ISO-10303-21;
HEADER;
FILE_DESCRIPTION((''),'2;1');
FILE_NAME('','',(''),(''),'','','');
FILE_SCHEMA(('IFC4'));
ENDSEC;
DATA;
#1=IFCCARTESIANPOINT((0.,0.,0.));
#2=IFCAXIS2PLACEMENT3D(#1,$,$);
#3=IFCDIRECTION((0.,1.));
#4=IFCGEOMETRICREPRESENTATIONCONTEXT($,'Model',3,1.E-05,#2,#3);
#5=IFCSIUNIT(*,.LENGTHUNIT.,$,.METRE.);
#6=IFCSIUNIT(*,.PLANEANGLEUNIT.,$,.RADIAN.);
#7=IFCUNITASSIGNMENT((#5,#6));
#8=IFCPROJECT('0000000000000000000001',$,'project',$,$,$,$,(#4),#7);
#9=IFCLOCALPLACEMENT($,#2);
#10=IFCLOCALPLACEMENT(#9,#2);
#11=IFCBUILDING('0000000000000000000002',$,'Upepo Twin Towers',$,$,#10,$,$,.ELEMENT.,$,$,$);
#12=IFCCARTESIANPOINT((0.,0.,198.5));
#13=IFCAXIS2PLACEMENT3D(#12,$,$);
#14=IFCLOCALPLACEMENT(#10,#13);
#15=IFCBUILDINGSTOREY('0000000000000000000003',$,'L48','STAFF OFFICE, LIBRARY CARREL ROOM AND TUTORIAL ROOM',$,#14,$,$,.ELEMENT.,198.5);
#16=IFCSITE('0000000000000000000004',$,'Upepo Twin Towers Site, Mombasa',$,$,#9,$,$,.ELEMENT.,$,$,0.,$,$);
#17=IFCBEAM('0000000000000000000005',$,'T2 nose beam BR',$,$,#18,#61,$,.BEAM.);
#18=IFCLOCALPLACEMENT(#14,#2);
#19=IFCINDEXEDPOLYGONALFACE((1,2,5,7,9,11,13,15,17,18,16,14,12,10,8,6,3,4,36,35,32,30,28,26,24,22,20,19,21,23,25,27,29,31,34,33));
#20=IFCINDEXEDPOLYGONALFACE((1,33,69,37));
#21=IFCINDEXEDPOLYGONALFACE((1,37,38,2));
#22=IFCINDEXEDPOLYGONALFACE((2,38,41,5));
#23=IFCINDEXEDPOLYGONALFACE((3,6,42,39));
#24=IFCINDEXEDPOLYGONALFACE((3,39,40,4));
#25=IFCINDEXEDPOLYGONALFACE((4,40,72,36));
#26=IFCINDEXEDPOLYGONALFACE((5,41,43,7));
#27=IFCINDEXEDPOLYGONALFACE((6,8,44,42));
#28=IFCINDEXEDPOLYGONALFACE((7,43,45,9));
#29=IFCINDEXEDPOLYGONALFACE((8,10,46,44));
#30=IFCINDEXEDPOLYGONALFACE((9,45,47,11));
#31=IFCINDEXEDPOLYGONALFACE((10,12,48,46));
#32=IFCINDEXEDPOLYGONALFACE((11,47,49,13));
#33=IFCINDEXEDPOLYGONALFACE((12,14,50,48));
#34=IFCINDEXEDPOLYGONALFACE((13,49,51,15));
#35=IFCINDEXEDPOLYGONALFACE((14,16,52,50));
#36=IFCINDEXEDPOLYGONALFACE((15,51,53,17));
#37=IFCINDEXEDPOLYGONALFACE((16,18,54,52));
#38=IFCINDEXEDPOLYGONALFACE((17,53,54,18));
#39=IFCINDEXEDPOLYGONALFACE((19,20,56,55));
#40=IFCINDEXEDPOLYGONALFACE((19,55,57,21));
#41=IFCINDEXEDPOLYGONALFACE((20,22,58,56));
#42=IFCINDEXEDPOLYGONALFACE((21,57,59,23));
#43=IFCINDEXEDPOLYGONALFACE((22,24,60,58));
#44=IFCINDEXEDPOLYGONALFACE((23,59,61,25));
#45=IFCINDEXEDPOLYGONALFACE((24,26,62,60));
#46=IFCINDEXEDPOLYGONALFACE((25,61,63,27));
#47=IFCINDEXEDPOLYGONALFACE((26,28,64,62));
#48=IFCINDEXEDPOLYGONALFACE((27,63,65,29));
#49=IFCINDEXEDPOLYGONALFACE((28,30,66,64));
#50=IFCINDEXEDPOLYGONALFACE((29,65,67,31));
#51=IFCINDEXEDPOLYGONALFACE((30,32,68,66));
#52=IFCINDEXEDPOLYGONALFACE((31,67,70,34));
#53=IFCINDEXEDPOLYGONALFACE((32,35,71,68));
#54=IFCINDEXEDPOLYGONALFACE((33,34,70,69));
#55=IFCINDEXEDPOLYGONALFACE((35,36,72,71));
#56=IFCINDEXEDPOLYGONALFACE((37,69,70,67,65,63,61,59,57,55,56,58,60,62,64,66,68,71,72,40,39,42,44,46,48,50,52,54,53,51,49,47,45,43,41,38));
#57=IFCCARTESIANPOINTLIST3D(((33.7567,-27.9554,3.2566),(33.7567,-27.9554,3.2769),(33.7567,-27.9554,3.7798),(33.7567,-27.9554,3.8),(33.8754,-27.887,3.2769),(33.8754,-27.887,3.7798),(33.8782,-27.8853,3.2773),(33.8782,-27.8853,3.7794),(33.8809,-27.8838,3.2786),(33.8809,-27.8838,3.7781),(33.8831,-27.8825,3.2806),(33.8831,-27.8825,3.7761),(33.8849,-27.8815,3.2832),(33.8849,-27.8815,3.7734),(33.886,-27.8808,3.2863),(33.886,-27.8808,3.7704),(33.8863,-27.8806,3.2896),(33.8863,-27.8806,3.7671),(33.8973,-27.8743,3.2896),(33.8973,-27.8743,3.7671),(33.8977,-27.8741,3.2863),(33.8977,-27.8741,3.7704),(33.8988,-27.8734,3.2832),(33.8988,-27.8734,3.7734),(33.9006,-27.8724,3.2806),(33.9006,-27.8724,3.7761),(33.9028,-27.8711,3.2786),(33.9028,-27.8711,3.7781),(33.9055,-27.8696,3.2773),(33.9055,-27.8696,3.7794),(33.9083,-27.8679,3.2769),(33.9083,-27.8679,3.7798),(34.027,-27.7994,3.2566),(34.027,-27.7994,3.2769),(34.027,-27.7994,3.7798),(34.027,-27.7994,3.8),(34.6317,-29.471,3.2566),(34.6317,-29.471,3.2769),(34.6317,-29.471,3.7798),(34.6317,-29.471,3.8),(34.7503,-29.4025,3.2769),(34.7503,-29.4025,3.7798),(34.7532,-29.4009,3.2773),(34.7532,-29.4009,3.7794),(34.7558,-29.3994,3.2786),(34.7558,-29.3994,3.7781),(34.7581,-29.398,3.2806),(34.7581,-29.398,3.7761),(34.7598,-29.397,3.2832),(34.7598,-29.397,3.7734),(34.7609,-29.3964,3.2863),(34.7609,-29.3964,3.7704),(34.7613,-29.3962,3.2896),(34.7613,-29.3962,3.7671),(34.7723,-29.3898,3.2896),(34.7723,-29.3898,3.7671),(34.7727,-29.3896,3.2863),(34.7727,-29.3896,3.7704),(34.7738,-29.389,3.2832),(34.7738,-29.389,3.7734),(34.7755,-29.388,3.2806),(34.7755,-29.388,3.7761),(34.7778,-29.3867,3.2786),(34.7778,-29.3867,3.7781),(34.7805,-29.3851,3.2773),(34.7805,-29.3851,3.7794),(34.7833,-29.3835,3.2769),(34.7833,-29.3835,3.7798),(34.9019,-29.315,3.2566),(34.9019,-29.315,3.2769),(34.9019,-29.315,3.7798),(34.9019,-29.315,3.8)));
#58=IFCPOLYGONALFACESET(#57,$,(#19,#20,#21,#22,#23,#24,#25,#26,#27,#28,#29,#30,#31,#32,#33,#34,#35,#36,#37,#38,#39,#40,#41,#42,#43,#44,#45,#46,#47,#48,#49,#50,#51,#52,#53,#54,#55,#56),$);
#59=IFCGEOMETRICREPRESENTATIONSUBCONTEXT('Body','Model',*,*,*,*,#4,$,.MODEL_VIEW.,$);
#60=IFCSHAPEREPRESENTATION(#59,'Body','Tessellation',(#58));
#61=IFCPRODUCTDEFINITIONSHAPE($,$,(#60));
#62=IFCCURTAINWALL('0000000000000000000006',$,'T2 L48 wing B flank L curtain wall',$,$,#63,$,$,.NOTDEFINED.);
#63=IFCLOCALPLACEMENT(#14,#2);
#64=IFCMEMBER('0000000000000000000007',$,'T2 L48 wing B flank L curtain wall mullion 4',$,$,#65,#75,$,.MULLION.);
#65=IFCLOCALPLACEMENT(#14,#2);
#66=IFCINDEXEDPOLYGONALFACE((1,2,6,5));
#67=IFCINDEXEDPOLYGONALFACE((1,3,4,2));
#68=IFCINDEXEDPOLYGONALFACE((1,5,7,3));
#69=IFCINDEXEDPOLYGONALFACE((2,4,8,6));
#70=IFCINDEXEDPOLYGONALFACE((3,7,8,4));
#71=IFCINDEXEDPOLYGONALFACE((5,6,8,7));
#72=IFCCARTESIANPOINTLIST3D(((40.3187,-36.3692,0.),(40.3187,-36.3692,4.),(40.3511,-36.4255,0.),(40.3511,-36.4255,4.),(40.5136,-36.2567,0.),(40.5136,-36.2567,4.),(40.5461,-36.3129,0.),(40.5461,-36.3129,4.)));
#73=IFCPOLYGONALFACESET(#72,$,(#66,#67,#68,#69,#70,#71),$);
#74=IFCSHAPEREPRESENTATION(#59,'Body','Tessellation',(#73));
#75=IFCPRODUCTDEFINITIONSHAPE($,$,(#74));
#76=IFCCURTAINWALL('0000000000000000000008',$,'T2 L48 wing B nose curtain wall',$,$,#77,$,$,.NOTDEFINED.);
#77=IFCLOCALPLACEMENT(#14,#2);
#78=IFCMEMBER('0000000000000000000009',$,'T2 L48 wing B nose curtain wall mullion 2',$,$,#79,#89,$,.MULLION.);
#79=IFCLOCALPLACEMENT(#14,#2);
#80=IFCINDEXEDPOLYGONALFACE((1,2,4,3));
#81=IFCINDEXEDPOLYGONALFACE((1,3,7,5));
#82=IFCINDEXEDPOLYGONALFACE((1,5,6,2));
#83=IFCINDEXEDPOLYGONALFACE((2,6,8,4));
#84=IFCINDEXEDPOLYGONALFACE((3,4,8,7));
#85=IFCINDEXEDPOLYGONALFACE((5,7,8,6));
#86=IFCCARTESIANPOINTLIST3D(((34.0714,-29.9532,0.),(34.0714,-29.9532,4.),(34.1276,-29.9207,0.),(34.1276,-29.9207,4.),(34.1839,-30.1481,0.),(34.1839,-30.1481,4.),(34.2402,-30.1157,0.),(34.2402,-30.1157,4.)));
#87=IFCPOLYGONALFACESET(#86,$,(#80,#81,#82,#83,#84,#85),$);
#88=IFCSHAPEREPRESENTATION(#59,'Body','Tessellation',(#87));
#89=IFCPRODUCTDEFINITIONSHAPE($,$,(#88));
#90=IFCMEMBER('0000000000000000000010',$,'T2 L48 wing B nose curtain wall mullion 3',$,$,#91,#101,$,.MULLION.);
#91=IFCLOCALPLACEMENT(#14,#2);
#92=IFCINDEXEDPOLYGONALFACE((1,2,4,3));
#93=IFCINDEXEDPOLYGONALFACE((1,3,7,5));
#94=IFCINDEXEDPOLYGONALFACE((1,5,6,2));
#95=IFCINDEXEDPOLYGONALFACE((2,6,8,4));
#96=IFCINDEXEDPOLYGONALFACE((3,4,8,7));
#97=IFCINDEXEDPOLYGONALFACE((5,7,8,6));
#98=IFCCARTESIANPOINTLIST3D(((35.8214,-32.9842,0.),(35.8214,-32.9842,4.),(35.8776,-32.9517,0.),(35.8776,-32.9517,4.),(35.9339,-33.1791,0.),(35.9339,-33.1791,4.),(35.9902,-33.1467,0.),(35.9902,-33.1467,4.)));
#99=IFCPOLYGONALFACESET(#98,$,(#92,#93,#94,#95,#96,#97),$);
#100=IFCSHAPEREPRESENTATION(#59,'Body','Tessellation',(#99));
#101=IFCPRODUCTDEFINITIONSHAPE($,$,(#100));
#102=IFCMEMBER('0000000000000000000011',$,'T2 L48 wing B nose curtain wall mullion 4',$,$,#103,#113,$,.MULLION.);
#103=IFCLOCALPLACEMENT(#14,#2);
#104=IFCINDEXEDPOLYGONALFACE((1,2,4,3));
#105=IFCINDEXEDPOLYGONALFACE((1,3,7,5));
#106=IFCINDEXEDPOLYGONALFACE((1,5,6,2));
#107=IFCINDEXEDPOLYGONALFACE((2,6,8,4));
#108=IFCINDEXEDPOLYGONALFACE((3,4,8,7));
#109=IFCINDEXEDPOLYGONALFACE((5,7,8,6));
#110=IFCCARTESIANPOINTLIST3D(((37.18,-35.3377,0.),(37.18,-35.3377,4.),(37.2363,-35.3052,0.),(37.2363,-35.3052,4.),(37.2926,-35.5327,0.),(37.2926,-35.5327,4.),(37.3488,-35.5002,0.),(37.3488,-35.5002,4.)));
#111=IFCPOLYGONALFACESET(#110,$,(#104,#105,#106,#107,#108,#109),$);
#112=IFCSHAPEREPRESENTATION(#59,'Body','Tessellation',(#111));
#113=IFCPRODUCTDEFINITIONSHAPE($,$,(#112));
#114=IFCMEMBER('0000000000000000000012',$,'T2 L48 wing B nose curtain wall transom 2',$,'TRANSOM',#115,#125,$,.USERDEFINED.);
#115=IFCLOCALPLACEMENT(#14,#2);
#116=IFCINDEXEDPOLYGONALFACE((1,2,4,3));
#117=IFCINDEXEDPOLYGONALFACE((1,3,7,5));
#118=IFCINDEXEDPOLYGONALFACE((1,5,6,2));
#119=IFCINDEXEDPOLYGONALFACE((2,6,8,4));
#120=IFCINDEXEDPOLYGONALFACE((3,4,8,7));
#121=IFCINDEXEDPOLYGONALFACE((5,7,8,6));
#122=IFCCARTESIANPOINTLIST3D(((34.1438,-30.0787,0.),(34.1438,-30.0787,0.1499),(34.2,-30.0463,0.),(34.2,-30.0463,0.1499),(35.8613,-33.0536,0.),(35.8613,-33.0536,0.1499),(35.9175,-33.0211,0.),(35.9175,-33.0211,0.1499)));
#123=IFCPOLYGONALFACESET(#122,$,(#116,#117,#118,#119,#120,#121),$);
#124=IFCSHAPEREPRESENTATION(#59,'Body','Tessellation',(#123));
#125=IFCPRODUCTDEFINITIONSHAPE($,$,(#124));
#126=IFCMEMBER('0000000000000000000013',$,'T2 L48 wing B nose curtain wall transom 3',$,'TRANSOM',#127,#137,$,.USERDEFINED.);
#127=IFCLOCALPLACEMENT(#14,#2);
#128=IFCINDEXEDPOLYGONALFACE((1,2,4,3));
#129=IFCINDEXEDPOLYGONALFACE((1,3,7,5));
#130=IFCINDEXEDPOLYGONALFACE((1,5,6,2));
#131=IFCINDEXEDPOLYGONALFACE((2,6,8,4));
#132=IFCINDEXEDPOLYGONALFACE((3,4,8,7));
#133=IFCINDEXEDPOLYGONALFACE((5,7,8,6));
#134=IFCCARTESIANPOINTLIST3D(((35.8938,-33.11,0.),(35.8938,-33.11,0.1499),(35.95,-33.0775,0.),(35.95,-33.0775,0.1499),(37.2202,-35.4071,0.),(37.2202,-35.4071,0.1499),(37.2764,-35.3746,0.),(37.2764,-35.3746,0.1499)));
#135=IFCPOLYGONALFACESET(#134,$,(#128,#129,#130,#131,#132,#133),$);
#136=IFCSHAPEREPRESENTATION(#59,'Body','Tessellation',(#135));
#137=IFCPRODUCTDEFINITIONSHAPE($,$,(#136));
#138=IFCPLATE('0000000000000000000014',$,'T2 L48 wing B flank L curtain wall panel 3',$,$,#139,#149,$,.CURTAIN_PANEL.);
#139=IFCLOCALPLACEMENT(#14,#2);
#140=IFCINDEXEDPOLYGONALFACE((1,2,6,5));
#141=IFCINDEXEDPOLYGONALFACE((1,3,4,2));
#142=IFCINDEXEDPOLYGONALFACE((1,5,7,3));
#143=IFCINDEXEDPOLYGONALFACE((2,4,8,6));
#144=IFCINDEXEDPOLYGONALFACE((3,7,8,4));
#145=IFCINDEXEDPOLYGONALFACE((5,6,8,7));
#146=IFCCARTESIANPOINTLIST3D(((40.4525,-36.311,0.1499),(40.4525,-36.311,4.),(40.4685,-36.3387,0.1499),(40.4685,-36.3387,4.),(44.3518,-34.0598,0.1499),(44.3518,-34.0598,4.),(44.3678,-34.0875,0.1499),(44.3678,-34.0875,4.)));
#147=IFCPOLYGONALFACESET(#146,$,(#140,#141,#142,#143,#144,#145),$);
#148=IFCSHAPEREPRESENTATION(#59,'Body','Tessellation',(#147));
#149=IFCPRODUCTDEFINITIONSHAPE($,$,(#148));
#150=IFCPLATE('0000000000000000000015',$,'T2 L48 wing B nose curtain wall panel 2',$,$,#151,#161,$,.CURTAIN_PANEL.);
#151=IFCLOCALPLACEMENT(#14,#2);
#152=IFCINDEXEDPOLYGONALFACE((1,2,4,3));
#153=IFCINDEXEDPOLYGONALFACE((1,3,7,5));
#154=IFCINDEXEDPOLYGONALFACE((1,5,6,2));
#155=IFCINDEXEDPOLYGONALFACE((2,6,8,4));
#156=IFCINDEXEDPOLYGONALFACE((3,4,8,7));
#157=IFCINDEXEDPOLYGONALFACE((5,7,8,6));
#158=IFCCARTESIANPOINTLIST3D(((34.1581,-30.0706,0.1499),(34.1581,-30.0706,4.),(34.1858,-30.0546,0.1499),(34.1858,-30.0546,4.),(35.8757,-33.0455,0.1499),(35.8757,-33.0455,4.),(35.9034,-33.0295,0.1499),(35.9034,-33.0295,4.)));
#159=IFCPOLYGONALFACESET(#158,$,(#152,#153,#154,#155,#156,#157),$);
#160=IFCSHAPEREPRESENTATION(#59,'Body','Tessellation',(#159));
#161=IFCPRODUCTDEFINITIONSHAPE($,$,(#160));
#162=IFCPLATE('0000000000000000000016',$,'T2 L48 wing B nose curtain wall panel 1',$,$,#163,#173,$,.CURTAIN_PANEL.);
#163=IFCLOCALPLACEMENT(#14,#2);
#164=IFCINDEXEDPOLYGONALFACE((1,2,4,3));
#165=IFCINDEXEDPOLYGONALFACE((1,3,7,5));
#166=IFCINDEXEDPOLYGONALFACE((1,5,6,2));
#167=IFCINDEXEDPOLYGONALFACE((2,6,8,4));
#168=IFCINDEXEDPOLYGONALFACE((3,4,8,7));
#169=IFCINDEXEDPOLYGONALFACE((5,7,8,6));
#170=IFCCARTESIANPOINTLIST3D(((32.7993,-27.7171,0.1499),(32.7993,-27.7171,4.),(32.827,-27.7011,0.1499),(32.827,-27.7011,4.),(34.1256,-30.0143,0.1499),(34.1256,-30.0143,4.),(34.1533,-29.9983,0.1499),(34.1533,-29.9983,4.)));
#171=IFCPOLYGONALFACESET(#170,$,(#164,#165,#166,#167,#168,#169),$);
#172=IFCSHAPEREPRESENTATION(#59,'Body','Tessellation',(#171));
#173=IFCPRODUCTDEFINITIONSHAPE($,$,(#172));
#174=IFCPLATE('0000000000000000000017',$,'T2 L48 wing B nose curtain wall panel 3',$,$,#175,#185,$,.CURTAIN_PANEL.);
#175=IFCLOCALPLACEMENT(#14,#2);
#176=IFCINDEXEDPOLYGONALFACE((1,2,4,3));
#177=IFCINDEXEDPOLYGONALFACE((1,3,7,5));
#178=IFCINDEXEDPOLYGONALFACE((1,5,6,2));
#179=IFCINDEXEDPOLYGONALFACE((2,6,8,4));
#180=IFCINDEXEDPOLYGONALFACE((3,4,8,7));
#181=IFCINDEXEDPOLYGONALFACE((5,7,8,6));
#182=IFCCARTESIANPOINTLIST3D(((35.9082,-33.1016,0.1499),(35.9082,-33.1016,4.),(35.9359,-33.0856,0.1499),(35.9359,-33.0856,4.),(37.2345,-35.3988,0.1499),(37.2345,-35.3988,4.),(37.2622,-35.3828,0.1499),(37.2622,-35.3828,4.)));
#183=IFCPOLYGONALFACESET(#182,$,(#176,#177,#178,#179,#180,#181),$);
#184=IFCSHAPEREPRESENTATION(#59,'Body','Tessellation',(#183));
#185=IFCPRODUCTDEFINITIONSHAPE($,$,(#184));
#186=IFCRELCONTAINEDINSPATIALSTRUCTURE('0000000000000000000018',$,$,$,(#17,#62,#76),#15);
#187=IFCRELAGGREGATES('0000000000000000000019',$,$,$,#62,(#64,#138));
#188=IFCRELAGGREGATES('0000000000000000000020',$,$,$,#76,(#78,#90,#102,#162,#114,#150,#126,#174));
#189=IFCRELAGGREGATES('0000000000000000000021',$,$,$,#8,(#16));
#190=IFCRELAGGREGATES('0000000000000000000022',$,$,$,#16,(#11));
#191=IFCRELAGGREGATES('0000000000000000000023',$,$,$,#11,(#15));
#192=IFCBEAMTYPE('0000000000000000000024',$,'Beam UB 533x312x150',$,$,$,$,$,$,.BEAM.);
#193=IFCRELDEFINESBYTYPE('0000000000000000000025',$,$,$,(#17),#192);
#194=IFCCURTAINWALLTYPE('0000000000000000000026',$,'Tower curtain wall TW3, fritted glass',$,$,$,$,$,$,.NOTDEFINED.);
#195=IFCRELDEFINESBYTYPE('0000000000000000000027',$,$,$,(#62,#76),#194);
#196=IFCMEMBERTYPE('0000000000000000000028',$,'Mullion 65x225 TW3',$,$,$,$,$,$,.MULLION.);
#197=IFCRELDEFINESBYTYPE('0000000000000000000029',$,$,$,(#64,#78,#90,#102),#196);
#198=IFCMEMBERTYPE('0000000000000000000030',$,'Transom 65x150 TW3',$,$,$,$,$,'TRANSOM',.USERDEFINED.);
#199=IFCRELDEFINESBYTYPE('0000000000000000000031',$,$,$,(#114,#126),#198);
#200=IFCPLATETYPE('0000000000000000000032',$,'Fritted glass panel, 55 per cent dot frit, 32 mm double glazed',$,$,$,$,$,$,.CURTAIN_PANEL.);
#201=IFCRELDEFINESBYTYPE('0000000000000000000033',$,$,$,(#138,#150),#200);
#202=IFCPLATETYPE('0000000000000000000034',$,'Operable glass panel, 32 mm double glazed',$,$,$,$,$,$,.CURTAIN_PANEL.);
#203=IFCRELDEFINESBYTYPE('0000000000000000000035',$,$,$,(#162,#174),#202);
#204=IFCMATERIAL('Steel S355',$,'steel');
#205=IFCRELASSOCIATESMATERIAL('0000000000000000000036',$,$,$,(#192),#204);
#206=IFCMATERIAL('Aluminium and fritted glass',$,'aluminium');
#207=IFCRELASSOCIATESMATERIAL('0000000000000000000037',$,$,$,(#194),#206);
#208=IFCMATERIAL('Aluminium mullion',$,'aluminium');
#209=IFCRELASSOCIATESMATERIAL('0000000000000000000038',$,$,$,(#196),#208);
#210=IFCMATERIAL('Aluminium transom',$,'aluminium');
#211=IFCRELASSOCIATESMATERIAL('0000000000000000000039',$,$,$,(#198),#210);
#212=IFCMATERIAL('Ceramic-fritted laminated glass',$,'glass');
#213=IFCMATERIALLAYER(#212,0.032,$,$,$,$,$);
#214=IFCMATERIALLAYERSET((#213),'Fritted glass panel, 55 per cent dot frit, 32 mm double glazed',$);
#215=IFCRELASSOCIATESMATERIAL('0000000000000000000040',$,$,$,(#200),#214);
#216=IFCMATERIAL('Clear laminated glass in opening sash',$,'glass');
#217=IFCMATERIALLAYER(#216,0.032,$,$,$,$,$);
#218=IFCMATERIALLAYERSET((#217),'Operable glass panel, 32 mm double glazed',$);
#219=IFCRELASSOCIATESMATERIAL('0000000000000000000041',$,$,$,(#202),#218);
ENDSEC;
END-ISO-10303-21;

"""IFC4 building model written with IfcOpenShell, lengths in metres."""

from ifc_helpers import new_model, si_unit, direction, frame, origin, origin_2d, place, context, subcontext, project, spatial, rectangle, i_section, extrude, material, layer, layer_set, material_profile, profile_set, type_object, element, aggregate, save


model = new_model("IFC4")

# Units and contexts
model_context = context("Model", 3, precision=1e-05, world=origin(), true_north=direction((0.0, 1.0)))
body_context = subcontext(model_context, "Body", "Model", "MODEL_VIEW")
ifc_project = project(units=[si_unit("LENGTHUNIT", "METRE"), si_unit("PLANEANGLEUNIT", "RADIAN")], contexts=[model_context])

# Site, building, storey
site_placement = place(None, origin())
site = spatial("IfcSite", under=ifc_project, at=site_placement, Name="Upepo Twin Towers Site, Mombasa", CompositionType="ELEMENT", RefElevation=0.0)
building_placement = place(site_placement, origin())
building = spatial("IfcBuilding", under=site, at=building_placement, Name="Upepo Twin Towers", CompositionType="ELEMENT")
storey_placement = place(building_placement, frame((0.0, 0.0, 198.5)))
storey = spatial("IfcBuildingStorey", under=building, at=storey_placement, Name="L48", Description="STAFF OFFICE, LIBRARY CARREL ROOM AND TUTORIAL ROOM", CompositionType="ELEMENT", Elevation=198.5)

# Beam
ifc_material_1 = material(Name="Steel S355", Category="steel")
ifc_material_profile_1 = material_profile(ifc_material_1, i_section(OverallWidth=0.312, OverallDepth=0.5435, WebThickness=0.0127, FlangeThickness=0.0203, FilletRadius=0.0127, at=origin_2d()), Name="UB 533x312x150")
ifc_profile_set_1 = profile_set([ifc_material_profile_1], Name="Steel S355")
beam_type_1 = type_object("IfcBeamType", Name="Beam UB 533x312x150", PredefinedType="BEAM", material=ifc_profile_set_1)
for number, where, z_axis, x_axis, name in (
    (1, (33.8918, -27.8774, 3.5283), (0.49998, -0.866037, 0.0), (0.866037, 0.49998, 0.0), "T2 nose beam BR"),
):
    element("IfcBeam", number, at=place(storey_placement, frame(where, z_axis=z_axis, x_axis=x_axis)), inside=storey, type_object=beam_type_1, Name=name, PredefinedType="BEAM", context=body_context, shape_type="SweptSolid", body=[
        extrude(i_section(OverallWidth=0.312, OverallDepth=0.5435, WebThickness=0.0127, FlangeThickness=0.0203, FilletRadius=0.0127, at=origin_2d()), origin(), (0.0, 0.0, 1.0), 1.75),
    ])

# Curtain wall, member
ifc_material_2 = material(Name="Aluminium and fritted glass", Category="aluminium")
curtain_wall_type = type_object("IfcCurtainWallType", Name="Tower curtain wall TW3, fritted glass", PredefinedType="NOTDEFINED", material=ifc_material_2)
curtain_wall_1_placement = place(storey_placement, origin())
curtain_wall_1 = element("IfcCurtainWall", 2, at=curtain_wall_1_placement, inside=storey, type_object=curtain_wall_type, Name="T2 L48 wing B flank L curtain wall", PredefinedType="NOTDEFINED")
ifc_material_3 = material(Name="Aluminium mullion", Category="aluminium")
ifc_material_profile_2 = material_profile(ifc_material_3, rectangle(XDim=0.0649, YDim=0.2251, at=origin_2d()), Name="MULLION 65x225")
ifc_profile_set_2 = profile_set([ifc_material_profile_2], Name="Aluminium mullion")
member_type_1 = type_object("IfcMemberType", Name="Mullion 65x225 TW3", PredefinedType="MULLION", material=ifc_profile_set_2)
member_1_placement = place(storey_placement, frame((40.4324, -36.3411, 0.0), z_axis=(0.0, 0.0, 1.0), x_axis=(0.5, -0.866025, 0.0)))
member_1 = element("IfcMember", 3, at=member_1_placement, type_object=member_type_1, Name="T2 L48 wing B flank L curtain wall mullion 4", PredefinedType="MULLION", context=body_context, shape_type="SweptSolid", body=[
    extrude(rectangle(XDim=0.0649, YDim=0.2251, at=origin_2d()), origin(), (0.0, 0.0, 1.0), 4.0),
])

# Curtain wall, members
curtain_wall_2_placement = place(storey_placement, origin())
curtain_wall_2 = element("IfcCurtainWall", 4, at=curtain_wall_2_placement, inside=storey, type_object=curtain_wall_type, Name="T2 L48 wing B nose curtain wall", PredefinedType="NOTDEFINED")
member_2_placement = place(storey_placement, frame((34.1558, -30.0344, 0.0), z_axis=(0.0, 0.0, 1.0), x_axis=(0.866025, 0.5, 0.0)))
member_2 = element("IfcMember", 5, at=member_2_placement, type_object=member_type_1, Name="T2 L48 wing B nose curtain wall mullion 2", PredefinedType="MULLION", context=body_context, shape_type="SweptSolid", body=[
    extrude(rectangle(XDim=0.0649, YDim=0.2251, at=origin_2d()), origin(), (0.0, 0.0, 1.0), 4.0),
])
member_3_placement = place(storey_placement, frame((35.9058, -33.0654, 0.0), z_axis=(0.0, 0.0, 1.0), x_axis=(0.866025, 0.5, 0.0)))
member_3 = element("IfcMember", 6, at=member_3_placement, type_object=member_type_1, Name="T2 L48 wing B nose curtain wall mullion 3", PredefinedType="MULLION", context=body_context, shape_type="SweptSolid", body=[
    extrude(rectangle(XDim=0.0649, YDim=0.2251, at=origin_2d()), origin(), (0.0, 0.0, 1.0), 4.0),
])
member_4_placement = place(storey_placement, frame((37.2644, -35.4189, 0.0), z_axis=(0.0, 0.0, 1.0), x_axis=(0.866025, 0.5, 0.0)))
member_4 = element("IfcMember", 7, at=member_4_placement, type_object=member_type_1, Name="T2 L48 wing B nose curtain wall mullion 4", PredefinedType="MULLION", context=body_context, shape_type="SweptSolid", body=[
    extrude(rectangle(XDim=0.0649, YDim=0.2251, at=origin_2d()), origin(), (0.0, 0.0, 1.0), 4.0),
])
ifc_material_4 = material(Name="Aluminium transom", Category="aluminium")
ifc_material_profile_3 = material_profile(ifc_material_4, rectangle(XDim=0.0649, YDim=0.1499, at=origin_2d()), Name="TRANSOM 65x150")
ifc_profile_set_3 = profile_set([ifc_material_profile_3], Name="Aluminium transom")
member_type_2 = type_object("IfcMemberType", Name="Transom 65x150 TW3", ElementType="TRANSOM", PredefinedType="USERDEFINED", material=ifc_profile_set_3)
member_5_placement = place(storey_placement, frame((34.1719, -30.0625, 0.075), z_axis=(0.499999, -0.866026, 0.0), x_axis=(0.866026, 0.499999, 0.0)))
member_5 = element("IfcMember", 8, at=member_5_placement, type_object=member_type_2, Name="T2 L48 wing B nose curtain wall transom 2", ObjectType="TRANSOM", PredefinedType="USERDEFINED", context=body_context, shape_type="SweptSolid", body=[
    extrude(rectangle(XDim=0.0649, YDim=0.1499, at=origin_2d()), origin(), (0.0, 0.0, 1.0), 3.4351),
])
member_6_placement = place(storey_placement, frame((35.9219, -33.0938, 0.075), z_axis=(0.500049, -0.865997, 0.0), x_axis=(0.865997, 0.500049, 0.0)))
member_6 = element("IfcMember", 9, at=member_6_placement, type_object=member_type_2, Name="T2 L48 wing B nose curtain wall transom 3", ObjectType="TRANSOM", PredefinedType="USERDEFINED", context=body_context, shape_type="SweptSolid", body=[
    extrude(rectangle(XDim=0.0649, YDim=0.1499, at=origin_2d()), origin(), (0.0, 0.0, 1.0), 2.6526),
])

# Plates
ifc_material_5 = material(Name="Ceramic-fritted laminated glass", Category="glass")
ifc_layer_1 = layer(ifc_material_5, 0.032)
ifc_layer_set_1 = layer_set([ifc_layer_1], Name="Fritted glass panel, 55 per cent dot frit, 32 mm double glazed")
plate_type_1 = type_object("IfcPlateType", Name="Fritted glass panel, 55 per cent dot frit, 32 mm double glazed", PredefinedType="CURTAIN_PANEL", material=ifc_layer_set_1)
plate_1_placement = place(storey_placement, frame((42.4102, -35.1992, 0.1499), z_axis=(0.0, 0.0, 1.0), x_axis=(-0.866025, -0.5, 0.0)))
plate_1 = element("IfcPlate", 10, at=plate_1_placement, type_object=plate_type_1, Name="T2 L48 wing B flank L curtain wall panel 3", PredefinedType="CURTAIN_PANEL", context=body_context, shape_type="SweptSolid", body=[
    extrude(rectangle(XDim=4.5024, YDim=0.032, at=origin_2d()), origin(), (0.0, 0.0, 1.0), 3.8501),
])
aggregate(curtain_wall_1, [member_1, plate_1])
plate_2_placement = place(storey_placement, frame((35.0308, -31.55, 0.1499), z_axis=(0.0, 0.0, 1.0), x_axis=(0.5, -0.866025, 0.0)))
plate_2 = element("IfcPlate", 11, at=plate_2_placement, type_object=plate_type_1, Name="T2 L48 wing B nose curtain wall panel 2", PredefinedType="CURTAIN_PANEL", context=body_context, shape_type="SweptSolid", body=[
    extrude(rectangle(XDim=3.4351, YDim=0.032, at=origin_2d()), origin(), (0.0, 0.0, 1.0), 3.8501),
])
ifc_material_6 = material(Name="Clear laminated glass in opening sash", Category="glass")
ifc_layer_2 = layer(ifc_material_6, 0.032)
ifc_layer_set_2 = layer_set([ifc_layer_2], Name="Operable glass panel, 32 mm double glazed")
plate_type_2 = type_object("IfcPlateType", Name="Operable glass panel, 32 mm double glazed", PredefinedType="CURTAIN_PANEL", material=ifc_layer_set_2)
plate_3_placement = place(storey_placement, frame((33.4763, -28.8577, 0.1499), z_axis=(0.0, 0.0, 1.0), x_axis=(0.5, -0.866025, 0.0)))
plate_3 = element("IfcPlate", 12, at=plate_3_placement, type_object=plate_type_2, Name="T2 L48 wing B nose curtain wall panel 1", PredefinedType="CURTAIN_PANEL", context=body_context, shape_type="SweptSolid", body=[
    extrude(rectangle(XDim=2.6526, YDim=0.032, at=origin_2d()), origin(), (0.0, 0.0, 1.0), 3.8501),
])
plate_4_placement = place(storey_placement, frame((36.5852, -34.2422, 0.1499), z_axis=(0.0, 0.0, 1.0), x_axis=(0.5, -0.866025, 0.0)))
plate_4 = element("IfcPlate", 13, at=plate_4_placement, type_object=plate_type_2, Name="T2 L48 wing B nose curtain wall panel 3", PredefinedType="CURTAIN_PANEL", context=body_context, shape_type="SweptSolid", body=[
    extrude(rectangle(XDim=2.6526, YDim=0.032, at=origin_2d()), origin(), (0.0, 0.0, 1.0), 3.8501),
])
aggregate(curtain_wall_2, [member_2, member_3, member_4, plate_3, member_5, plate_2, member_6, plate_4])

save(model, "model.ifc")
